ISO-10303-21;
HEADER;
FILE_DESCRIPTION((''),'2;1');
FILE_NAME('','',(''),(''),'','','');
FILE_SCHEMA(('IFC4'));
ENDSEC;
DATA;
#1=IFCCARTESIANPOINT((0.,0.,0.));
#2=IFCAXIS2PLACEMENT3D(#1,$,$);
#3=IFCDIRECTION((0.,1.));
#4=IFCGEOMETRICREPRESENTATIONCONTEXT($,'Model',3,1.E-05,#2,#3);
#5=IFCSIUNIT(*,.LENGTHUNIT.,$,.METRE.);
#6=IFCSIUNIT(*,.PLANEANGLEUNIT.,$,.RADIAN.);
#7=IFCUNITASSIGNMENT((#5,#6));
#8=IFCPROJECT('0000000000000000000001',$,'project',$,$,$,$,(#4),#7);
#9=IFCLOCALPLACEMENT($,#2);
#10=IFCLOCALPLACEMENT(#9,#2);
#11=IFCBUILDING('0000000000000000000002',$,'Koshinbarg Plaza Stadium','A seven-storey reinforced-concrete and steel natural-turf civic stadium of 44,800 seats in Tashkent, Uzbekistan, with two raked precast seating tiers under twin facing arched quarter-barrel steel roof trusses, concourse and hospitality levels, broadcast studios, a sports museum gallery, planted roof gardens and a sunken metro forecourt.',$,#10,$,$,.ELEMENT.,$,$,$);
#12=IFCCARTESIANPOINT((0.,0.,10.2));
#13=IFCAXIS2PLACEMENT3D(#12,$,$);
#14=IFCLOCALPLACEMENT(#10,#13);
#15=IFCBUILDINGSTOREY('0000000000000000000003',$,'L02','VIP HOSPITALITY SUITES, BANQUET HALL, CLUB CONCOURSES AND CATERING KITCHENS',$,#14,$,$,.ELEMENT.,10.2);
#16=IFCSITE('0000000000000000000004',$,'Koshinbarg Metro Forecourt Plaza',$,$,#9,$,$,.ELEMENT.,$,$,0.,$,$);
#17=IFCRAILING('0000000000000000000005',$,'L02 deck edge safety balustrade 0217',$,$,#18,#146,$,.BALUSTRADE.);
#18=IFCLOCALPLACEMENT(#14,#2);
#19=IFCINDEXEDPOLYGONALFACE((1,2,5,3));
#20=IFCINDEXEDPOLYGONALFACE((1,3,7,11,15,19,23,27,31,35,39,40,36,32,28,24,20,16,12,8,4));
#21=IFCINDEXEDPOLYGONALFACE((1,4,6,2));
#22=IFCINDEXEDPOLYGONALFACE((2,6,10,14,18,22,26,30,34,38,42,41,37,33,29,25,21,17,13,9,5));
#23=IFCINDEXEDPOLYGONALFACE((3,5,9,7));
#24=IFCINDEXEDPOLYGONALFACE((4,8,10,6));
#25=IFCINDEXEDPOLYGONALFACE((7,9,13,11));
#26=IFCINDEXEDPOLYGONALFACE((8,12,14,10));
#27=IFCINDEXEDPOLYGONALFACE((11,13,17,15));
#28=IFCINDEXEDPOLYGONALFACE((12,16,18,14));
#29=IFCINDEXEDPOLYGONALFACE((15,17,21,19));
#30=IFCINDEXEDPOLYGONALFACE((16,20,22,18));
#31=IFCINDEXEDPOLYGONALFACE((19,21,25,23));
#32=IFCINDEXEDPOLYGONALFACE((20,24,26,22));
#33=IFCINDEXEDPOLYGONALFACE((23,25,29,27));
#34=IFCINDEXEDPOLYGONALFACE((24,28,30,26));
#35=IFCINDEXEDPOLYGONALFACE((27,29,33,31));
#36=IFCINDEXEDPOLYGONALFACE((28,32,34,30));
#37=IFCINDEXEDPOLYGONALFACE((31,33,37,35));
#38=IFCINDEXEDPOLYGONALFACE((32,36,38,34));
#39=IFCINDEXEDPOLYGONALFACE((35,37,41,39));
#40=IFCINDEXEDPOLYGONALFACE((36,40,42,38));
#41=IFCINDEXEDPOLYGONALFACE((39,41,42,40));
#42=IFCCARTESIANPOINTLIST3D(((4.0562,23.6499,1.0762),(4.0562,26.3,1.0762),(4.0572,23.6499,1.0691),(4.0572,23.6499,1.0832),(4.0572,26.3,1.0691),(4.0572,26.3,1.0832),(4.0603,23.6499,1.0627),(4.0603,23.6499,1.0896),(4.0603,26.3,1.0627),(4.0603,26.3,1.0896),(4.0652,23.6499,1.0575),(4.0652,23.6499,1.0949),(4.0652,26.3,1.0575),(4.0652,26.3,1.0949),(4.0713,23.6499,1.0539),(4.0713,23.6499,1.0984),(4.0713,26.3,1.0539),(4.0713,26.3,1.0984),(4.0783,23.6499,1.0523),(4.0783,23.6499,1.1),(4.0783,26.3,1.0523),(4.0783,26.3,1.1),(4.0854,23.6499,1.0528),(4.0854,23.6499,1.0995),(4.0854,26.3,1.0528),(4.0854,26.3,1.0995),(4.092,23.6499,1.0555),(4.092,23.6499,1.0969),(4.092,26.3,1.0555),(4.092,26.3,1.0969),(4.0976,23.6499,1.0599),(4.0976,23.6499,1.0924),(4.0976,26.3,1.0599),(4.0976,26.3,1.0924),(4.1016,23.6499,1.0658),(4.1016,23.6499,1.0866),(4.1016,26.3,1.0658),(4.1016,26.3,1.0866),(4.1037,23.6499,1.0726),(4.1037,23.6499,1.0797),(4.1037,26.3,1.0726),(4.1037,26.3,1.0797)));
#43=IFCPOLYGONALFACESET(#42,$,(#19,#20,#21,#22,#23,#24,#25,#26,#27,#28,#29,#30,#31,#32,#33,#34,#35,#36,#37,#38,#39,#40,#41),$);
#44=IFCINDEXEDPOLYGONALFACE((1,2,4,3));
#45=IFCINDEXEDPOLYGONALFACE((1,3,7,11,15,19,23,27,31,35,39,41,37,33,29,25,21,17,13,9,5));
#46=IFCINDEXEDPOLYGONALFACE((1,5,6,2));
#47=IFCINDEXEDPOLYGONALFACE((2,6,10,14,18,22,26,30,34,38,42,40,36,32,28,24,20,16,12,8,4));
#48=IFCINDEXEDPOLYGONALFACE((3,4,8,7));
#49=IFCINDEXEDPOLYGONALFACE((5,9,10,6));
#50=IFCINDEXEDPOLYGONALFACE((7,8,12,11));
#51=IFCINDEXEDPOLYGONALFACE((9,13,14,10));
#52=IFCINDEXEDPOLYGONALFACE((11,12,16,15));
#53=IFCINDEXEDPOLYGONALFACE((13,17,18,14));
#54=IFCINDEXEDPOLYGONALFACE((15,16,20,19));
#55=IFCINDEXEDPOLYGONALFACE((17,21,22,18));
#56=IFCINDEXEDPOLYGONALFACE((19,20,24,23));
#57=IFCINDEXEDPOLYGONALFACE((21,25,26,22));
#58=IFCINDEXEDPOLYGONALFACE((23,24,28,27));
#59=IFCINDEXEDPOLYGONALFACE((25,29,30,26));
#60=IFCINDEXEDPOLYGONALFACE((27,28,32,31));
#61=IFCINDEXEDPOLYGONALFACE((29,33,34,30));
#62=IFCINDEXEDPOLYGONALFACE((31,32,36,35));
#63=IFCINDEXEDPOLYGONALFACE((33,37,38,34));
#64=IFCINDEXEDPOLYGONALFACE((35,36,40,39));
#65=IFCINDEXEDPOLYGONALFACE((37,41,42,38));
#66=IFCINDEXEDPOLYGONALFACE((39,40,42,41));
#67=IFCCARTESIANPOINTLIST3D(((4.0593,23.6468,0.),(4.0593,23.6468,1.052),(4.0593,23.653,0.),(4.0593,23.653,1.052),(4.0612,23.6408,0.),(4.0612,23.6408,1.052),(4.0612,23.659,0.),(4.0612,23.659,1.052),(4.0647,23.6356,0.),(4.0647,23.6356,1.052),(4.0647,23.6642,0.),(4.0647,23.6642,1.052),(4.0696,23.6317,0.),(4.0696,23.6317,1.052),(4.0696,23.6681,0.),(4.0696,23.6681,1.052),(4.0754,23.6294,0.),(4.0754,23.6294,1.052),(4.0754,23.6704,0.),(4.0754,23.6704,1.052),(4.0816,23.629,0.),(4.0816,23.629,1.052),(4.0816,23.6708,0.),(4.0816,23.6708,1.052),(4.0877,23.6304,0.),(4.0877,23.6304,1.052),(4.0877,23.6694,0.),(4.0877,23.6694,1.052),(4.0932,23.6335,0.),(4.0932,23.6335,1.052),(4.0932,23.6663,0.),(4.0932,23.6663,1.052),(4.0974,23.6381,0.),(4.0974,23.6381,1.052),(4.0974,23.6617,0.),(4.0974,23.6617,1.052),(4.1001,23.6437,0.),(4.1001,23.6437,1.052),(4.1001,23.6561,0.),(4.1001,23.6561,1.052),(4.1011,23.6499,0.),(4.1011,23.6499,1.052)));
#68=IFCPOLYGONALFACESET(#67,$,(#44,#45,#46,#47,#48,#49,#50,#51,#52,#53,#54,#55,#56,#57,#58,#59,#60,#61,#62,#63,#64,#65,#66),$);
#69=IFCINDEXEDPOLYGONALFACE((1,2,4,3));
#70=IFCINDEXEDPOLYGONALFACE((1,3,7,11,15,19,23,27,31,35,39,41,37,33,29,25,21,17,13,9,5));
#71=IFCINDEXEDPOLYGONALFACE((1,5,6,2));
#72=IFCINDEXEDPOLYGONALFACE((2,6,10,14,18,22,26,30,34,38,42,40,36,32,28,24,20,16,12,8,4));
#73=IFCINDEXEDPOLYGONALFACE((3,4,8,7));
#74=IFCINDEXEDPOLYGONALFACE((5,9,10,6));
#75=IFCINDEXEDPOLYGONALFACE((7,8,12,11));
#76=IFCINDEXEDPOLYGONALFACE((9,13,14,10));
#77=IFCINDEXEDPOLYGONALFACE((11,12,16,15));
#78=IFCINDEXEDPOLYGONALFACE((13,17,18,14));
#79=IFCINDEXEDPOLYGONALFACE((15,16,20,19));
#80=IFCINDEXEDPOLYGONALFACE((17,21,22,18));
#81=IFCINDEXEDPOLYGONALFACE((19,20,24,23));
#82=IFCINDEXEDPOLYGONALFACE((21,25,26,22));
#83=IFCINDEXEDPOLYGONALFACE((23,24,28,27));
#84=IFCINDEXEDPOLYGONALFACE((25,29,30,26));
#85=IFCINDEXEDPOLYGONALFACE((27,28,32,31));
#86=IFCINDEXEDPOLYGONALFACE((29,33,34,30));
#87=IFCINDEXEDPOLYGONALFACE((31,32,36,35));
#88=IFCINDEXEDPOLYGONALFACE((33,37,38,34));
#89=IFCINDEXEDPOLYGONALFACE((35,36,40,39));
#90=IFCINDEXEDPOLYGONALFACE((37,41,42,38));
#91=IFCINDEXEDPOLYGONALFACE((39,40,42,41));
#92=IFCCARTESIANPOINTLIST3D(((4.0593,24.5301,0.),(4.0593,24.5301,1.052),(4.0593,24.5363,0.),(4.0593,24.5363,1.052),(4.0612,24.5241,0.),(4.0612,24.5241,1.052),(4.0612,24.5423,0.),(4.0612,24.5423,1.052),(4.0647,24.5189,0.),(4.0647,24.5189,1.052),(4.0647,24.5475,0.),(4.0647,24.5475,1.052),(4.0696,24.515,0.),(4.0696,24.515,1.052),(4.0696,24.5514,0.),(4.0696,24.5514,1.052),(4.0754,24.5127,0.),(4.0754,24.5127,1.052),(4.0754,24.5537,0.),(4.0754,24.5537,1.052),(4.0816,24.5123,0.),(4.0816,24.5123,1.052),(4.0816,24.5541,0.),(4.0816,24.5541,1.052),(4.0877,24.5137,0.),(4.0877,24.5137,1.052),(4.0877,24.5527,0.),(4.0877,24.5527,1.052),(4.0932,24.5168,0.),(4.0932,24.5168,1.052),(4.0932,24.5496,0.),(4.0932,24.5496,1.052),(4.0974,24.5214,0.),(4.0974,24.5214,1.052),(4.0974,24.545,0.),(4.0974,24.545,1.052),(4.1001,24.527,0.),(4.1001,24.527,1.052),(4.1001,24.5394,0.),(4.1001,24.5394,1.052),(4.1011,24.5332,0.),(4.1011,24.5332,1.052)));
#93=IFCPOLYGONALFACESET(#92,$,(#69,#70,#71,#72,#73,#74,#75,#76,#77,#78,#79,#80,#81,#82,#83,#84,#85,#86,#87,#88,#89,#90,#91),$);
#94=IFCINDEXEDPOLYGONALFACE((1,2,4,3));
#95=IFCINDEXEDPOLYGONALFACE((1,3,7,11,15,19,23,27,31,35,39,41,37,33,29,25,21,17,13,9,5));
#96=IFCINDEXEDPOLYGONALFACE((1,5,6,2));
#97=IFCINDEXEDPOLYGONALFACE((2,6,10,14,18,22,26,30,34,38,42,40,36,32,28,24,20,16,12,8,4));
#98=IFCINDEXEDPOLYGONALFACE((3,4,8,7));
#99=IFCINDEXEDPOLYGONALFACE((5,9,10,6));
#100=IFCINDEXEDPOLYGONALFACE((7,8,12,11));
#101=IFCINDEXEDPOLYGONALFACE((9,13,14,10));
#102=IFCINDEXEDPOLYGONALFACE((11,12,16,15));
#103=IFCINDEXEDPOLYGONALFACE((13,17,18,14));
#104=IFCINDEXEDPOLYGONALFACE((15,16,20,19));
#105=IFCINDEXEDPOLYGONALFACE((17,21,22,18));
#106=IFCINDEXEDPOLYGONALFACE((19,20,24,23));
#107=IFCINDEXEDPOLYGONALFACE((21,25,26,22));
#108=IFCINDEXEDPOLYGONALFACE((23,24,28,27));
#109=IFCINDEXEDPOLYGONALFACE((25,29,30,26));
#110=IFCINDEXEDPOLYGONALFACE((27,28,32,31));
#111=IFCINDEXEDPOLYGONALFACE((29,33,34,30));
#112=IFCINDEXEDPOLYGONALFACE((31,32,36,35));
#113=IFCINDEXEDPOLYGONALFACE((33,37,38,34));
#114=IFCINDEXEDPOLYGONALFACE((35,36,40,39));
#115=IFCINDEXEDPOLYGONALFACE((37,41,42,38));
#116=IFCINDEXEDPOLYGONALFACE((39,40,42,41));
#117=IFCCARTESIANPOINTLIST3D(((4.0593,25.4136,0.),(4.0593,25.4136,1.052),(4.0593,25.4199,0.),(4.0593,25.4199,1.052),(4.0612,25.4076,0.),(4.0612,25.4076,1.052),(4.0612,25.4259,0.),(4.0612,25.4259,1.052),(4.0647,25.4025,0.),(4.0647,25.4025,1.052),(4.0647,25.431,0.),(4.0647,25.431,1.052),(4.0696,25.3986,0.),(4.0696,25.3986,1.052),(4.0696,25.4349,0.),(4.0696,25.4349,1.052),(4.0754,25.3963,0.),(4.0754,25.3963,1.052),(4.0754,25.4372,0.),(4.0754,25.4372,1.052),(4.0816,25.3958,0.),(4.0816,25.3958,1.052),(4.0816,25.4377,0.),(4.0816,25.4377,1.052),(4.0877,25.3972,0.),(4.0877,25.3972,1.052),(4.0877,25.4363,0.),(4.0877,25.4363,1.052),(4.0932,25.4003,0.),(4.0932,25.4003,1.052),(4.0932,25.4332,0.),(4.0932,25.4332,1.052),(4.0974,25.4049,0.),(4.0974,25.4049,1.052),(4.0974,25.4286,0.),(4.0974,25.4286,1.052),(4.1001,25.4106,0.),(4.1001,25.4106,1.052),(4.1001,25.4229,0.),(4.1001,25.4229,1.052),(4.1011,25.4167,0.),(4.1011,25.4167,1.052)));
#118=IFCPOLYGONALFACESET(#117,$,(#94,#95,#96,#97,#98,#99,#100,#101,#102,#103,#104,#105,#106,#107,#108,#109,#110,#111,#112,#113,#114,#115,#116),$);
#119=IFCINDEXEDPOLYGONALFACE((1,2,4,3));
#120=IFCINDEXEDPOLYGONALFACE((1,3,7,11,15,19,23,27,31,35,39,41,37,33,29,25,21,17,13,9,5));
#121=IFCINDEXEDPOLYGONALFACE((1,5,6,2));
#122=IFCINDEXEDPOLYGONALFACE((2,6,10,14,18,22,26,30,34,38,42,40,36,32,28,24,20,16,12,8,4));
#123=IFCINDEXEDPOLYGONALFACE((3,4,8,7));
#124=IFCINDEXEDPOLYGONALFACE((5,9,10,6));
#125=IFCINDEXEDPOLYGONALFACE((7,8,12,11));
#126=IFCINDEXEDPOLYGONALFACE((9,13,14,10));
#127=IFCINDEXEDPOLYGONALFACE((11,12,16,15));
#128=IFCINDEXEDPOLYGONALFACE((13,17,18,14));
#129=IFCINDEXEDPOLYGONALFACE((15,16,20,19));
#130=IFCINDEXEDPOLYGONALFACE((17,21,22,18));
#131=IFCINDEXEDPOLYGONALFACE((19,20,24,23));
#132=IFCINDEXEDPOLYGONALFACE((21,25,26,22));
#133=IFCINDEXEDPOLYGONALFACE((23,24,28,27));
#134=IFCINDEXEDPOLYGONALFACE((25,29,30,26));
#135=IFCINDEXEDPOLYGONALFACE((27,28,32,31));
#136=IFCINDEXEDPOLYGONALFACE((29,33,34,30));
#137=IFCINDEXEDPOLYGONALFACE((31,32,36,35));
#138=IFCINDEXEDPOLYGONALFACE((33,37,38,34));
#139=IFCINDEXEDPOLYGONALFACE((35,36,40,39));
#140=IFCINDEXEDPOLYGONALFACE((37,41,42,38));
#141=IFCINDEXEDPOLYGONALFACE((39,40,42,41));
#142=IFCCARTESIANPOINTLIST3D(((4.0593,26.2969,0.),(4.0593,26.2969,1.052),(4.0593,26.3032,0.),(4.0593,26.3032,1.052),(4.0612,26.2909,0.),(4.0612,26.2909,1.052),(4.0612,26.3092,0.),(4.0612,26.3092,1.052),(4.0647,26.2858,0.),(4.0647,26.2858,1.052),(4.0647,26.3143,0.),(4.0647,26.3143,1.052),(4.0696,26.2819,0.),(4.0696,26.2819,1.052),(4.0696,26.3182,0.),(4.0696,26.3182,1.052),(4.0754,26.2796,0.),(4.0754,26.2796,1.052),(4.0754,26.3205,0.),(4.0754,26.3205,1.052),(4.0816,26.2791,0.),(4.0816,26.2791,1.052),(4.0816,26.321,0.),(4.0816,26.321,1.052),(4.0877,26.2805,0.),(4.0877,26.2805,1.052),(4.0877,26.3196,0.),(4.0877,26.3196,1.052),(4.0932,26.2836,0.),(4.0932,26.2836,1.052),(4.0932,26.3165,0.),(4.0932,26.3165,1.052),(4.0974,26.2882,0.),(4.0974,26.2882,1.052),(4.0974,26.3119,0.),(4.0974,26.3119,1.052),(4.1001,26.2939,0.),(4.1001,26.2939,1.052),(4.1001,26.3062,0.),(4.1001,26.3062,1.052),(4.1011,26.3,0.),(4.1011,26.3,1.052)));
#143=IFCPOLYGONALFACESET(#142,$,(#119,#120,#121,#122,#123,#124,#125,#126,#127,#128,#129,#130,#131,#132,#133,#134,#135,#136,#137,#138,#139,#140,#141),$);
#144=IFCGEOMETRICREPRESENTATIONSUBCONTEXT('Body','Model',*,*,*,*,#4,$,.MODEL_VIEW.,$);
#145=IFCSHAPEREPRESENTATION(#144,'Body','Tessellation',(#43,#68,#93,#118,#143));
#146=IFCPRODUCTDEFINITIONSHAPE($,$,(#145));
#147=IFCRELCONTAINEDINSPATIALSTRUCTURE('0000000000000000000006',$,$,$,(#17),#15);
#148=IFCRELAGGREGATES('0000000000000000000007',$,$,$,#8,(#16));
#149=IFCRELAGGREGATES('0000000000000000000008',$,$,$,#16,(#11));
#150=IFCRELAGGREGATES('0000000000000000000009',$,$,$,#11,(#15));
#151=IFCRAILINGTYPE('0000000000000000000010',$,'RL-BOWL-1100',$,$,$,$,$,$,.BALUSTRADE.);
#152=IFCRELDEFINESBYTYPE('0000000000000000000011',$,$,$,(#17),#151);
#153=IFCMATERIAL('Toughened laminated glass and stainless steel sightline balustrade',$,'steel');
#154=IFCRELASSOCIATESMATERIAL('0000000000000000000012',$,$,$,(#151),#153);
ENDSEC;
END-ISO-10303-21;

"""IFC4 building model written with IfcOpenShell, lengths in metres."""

from ifc_helpers import new_model, si_unit, direction, frame, origin, origin_2d, place, context, subcontext, project, spatial, circle, extrude, material, type_object, element, save


model = new_model("IFC4")

# Units and contexts
model_context = context("Model", 3, precision=1e-05, world=origin(), true_north=direction((0.0, 1.0)))
body_context = subcontext(model_context, "Body", "Model", "MODEL_VIEW")
ifc_project = project(units=[si_unit("LENGTHUNIT", "METRE"), si_unit("PLANEANGLEUNIT", "RADIAN")], contexts=[model_context])

# Site, building, storey
site_placement = place(None, origin())
site = spatial("IfcSite", under=ifc_project, at=site_placement, Name="Koshinbarg Metro Forecourt Plaza", CompositionType="ELEMENT", RefElevation=0.0)
building_placement = place(site_placement, origin())
building = spatial("IfcBuilding", under=site, at=building_placement, Name="Koshinbarg Plaza Stadium", Description="A seven-storey reinforced-concrete and steel natural-turf civic stadium of 44,800 seats in Tashkent, Uzbekistan, with two raked precast seating tiers under twin facing arched quarter-barrel steel roof trusses, concourse and hospitality levels, broadcast studios, a sports museum gallery, planted roof gardens and a sunken metro forecourt.", CompositionType="ELEMENT")
storey_placement = place(building_placement, frame((0.0, 0.0, 10.2)))
storey = spatial("IfcBuildingStorey", under=building, at=storey_placement, Name="L02", Description="VIP HOSPITALITY SUITES, BANQUET HALL, CLUB CONCOURSES AND CATERING KITCHENS", CompositionType="ELEMENT", Elevation=10.2)

# Railing
ifc_material_1 = material(Name="Toughened laminated glass and stainless steel sightline balustrade", Category="steel")
railing_type = type_object("IfcRailingType", Name="RL-BOWL-1100", PredefinedType="BALUSTRADE", material=ifc_material_1)
railing_1_placement = place(storey_placement, frame((4.0801, 23.6499, 0.0)))
element("IfcRailing", 1, at=railing_1_placement, inside=storey, type_object=railing_type, Name="L02 deck edge safety balustrade 0217", PredefinedType="BALUSTRADE", context=body_context, shape_type="SweptSolid", body=[
    extrude(circle(Radius=0.0239, at=origin_2d()), frame((0.0, 0.0, 1.0762), z_axis=(0.0, 1.0, 0.0), x_axis=(-1.0, 0.0, 0.0)), (0.0, 0.0, 1.0), 2.6501),
    extrude(circle(Radius=0.021, at=origin_2d()), origin(), (0.0, 0.0, 1.0), 1.052),
    extrude(circle(Radius=0.021, at=origin_2d()), frame((0.0, 0.8833, 0.0)), (0.0, 0.0, 1.0), 1.052),
    extrude(circle(Radius=0.021, at=origin_2d()), frame((0.0, 1.7668, 0.0)), (0.0, 0.0, 1.0), 1.052),
    extrude(circle(Radius=0.021, at=origin_2d()), frame((0.0, 2.6501, 0.0)), (0.0, 0.0, 1.0), 1.052),
])

save(model, "model.ifc")
